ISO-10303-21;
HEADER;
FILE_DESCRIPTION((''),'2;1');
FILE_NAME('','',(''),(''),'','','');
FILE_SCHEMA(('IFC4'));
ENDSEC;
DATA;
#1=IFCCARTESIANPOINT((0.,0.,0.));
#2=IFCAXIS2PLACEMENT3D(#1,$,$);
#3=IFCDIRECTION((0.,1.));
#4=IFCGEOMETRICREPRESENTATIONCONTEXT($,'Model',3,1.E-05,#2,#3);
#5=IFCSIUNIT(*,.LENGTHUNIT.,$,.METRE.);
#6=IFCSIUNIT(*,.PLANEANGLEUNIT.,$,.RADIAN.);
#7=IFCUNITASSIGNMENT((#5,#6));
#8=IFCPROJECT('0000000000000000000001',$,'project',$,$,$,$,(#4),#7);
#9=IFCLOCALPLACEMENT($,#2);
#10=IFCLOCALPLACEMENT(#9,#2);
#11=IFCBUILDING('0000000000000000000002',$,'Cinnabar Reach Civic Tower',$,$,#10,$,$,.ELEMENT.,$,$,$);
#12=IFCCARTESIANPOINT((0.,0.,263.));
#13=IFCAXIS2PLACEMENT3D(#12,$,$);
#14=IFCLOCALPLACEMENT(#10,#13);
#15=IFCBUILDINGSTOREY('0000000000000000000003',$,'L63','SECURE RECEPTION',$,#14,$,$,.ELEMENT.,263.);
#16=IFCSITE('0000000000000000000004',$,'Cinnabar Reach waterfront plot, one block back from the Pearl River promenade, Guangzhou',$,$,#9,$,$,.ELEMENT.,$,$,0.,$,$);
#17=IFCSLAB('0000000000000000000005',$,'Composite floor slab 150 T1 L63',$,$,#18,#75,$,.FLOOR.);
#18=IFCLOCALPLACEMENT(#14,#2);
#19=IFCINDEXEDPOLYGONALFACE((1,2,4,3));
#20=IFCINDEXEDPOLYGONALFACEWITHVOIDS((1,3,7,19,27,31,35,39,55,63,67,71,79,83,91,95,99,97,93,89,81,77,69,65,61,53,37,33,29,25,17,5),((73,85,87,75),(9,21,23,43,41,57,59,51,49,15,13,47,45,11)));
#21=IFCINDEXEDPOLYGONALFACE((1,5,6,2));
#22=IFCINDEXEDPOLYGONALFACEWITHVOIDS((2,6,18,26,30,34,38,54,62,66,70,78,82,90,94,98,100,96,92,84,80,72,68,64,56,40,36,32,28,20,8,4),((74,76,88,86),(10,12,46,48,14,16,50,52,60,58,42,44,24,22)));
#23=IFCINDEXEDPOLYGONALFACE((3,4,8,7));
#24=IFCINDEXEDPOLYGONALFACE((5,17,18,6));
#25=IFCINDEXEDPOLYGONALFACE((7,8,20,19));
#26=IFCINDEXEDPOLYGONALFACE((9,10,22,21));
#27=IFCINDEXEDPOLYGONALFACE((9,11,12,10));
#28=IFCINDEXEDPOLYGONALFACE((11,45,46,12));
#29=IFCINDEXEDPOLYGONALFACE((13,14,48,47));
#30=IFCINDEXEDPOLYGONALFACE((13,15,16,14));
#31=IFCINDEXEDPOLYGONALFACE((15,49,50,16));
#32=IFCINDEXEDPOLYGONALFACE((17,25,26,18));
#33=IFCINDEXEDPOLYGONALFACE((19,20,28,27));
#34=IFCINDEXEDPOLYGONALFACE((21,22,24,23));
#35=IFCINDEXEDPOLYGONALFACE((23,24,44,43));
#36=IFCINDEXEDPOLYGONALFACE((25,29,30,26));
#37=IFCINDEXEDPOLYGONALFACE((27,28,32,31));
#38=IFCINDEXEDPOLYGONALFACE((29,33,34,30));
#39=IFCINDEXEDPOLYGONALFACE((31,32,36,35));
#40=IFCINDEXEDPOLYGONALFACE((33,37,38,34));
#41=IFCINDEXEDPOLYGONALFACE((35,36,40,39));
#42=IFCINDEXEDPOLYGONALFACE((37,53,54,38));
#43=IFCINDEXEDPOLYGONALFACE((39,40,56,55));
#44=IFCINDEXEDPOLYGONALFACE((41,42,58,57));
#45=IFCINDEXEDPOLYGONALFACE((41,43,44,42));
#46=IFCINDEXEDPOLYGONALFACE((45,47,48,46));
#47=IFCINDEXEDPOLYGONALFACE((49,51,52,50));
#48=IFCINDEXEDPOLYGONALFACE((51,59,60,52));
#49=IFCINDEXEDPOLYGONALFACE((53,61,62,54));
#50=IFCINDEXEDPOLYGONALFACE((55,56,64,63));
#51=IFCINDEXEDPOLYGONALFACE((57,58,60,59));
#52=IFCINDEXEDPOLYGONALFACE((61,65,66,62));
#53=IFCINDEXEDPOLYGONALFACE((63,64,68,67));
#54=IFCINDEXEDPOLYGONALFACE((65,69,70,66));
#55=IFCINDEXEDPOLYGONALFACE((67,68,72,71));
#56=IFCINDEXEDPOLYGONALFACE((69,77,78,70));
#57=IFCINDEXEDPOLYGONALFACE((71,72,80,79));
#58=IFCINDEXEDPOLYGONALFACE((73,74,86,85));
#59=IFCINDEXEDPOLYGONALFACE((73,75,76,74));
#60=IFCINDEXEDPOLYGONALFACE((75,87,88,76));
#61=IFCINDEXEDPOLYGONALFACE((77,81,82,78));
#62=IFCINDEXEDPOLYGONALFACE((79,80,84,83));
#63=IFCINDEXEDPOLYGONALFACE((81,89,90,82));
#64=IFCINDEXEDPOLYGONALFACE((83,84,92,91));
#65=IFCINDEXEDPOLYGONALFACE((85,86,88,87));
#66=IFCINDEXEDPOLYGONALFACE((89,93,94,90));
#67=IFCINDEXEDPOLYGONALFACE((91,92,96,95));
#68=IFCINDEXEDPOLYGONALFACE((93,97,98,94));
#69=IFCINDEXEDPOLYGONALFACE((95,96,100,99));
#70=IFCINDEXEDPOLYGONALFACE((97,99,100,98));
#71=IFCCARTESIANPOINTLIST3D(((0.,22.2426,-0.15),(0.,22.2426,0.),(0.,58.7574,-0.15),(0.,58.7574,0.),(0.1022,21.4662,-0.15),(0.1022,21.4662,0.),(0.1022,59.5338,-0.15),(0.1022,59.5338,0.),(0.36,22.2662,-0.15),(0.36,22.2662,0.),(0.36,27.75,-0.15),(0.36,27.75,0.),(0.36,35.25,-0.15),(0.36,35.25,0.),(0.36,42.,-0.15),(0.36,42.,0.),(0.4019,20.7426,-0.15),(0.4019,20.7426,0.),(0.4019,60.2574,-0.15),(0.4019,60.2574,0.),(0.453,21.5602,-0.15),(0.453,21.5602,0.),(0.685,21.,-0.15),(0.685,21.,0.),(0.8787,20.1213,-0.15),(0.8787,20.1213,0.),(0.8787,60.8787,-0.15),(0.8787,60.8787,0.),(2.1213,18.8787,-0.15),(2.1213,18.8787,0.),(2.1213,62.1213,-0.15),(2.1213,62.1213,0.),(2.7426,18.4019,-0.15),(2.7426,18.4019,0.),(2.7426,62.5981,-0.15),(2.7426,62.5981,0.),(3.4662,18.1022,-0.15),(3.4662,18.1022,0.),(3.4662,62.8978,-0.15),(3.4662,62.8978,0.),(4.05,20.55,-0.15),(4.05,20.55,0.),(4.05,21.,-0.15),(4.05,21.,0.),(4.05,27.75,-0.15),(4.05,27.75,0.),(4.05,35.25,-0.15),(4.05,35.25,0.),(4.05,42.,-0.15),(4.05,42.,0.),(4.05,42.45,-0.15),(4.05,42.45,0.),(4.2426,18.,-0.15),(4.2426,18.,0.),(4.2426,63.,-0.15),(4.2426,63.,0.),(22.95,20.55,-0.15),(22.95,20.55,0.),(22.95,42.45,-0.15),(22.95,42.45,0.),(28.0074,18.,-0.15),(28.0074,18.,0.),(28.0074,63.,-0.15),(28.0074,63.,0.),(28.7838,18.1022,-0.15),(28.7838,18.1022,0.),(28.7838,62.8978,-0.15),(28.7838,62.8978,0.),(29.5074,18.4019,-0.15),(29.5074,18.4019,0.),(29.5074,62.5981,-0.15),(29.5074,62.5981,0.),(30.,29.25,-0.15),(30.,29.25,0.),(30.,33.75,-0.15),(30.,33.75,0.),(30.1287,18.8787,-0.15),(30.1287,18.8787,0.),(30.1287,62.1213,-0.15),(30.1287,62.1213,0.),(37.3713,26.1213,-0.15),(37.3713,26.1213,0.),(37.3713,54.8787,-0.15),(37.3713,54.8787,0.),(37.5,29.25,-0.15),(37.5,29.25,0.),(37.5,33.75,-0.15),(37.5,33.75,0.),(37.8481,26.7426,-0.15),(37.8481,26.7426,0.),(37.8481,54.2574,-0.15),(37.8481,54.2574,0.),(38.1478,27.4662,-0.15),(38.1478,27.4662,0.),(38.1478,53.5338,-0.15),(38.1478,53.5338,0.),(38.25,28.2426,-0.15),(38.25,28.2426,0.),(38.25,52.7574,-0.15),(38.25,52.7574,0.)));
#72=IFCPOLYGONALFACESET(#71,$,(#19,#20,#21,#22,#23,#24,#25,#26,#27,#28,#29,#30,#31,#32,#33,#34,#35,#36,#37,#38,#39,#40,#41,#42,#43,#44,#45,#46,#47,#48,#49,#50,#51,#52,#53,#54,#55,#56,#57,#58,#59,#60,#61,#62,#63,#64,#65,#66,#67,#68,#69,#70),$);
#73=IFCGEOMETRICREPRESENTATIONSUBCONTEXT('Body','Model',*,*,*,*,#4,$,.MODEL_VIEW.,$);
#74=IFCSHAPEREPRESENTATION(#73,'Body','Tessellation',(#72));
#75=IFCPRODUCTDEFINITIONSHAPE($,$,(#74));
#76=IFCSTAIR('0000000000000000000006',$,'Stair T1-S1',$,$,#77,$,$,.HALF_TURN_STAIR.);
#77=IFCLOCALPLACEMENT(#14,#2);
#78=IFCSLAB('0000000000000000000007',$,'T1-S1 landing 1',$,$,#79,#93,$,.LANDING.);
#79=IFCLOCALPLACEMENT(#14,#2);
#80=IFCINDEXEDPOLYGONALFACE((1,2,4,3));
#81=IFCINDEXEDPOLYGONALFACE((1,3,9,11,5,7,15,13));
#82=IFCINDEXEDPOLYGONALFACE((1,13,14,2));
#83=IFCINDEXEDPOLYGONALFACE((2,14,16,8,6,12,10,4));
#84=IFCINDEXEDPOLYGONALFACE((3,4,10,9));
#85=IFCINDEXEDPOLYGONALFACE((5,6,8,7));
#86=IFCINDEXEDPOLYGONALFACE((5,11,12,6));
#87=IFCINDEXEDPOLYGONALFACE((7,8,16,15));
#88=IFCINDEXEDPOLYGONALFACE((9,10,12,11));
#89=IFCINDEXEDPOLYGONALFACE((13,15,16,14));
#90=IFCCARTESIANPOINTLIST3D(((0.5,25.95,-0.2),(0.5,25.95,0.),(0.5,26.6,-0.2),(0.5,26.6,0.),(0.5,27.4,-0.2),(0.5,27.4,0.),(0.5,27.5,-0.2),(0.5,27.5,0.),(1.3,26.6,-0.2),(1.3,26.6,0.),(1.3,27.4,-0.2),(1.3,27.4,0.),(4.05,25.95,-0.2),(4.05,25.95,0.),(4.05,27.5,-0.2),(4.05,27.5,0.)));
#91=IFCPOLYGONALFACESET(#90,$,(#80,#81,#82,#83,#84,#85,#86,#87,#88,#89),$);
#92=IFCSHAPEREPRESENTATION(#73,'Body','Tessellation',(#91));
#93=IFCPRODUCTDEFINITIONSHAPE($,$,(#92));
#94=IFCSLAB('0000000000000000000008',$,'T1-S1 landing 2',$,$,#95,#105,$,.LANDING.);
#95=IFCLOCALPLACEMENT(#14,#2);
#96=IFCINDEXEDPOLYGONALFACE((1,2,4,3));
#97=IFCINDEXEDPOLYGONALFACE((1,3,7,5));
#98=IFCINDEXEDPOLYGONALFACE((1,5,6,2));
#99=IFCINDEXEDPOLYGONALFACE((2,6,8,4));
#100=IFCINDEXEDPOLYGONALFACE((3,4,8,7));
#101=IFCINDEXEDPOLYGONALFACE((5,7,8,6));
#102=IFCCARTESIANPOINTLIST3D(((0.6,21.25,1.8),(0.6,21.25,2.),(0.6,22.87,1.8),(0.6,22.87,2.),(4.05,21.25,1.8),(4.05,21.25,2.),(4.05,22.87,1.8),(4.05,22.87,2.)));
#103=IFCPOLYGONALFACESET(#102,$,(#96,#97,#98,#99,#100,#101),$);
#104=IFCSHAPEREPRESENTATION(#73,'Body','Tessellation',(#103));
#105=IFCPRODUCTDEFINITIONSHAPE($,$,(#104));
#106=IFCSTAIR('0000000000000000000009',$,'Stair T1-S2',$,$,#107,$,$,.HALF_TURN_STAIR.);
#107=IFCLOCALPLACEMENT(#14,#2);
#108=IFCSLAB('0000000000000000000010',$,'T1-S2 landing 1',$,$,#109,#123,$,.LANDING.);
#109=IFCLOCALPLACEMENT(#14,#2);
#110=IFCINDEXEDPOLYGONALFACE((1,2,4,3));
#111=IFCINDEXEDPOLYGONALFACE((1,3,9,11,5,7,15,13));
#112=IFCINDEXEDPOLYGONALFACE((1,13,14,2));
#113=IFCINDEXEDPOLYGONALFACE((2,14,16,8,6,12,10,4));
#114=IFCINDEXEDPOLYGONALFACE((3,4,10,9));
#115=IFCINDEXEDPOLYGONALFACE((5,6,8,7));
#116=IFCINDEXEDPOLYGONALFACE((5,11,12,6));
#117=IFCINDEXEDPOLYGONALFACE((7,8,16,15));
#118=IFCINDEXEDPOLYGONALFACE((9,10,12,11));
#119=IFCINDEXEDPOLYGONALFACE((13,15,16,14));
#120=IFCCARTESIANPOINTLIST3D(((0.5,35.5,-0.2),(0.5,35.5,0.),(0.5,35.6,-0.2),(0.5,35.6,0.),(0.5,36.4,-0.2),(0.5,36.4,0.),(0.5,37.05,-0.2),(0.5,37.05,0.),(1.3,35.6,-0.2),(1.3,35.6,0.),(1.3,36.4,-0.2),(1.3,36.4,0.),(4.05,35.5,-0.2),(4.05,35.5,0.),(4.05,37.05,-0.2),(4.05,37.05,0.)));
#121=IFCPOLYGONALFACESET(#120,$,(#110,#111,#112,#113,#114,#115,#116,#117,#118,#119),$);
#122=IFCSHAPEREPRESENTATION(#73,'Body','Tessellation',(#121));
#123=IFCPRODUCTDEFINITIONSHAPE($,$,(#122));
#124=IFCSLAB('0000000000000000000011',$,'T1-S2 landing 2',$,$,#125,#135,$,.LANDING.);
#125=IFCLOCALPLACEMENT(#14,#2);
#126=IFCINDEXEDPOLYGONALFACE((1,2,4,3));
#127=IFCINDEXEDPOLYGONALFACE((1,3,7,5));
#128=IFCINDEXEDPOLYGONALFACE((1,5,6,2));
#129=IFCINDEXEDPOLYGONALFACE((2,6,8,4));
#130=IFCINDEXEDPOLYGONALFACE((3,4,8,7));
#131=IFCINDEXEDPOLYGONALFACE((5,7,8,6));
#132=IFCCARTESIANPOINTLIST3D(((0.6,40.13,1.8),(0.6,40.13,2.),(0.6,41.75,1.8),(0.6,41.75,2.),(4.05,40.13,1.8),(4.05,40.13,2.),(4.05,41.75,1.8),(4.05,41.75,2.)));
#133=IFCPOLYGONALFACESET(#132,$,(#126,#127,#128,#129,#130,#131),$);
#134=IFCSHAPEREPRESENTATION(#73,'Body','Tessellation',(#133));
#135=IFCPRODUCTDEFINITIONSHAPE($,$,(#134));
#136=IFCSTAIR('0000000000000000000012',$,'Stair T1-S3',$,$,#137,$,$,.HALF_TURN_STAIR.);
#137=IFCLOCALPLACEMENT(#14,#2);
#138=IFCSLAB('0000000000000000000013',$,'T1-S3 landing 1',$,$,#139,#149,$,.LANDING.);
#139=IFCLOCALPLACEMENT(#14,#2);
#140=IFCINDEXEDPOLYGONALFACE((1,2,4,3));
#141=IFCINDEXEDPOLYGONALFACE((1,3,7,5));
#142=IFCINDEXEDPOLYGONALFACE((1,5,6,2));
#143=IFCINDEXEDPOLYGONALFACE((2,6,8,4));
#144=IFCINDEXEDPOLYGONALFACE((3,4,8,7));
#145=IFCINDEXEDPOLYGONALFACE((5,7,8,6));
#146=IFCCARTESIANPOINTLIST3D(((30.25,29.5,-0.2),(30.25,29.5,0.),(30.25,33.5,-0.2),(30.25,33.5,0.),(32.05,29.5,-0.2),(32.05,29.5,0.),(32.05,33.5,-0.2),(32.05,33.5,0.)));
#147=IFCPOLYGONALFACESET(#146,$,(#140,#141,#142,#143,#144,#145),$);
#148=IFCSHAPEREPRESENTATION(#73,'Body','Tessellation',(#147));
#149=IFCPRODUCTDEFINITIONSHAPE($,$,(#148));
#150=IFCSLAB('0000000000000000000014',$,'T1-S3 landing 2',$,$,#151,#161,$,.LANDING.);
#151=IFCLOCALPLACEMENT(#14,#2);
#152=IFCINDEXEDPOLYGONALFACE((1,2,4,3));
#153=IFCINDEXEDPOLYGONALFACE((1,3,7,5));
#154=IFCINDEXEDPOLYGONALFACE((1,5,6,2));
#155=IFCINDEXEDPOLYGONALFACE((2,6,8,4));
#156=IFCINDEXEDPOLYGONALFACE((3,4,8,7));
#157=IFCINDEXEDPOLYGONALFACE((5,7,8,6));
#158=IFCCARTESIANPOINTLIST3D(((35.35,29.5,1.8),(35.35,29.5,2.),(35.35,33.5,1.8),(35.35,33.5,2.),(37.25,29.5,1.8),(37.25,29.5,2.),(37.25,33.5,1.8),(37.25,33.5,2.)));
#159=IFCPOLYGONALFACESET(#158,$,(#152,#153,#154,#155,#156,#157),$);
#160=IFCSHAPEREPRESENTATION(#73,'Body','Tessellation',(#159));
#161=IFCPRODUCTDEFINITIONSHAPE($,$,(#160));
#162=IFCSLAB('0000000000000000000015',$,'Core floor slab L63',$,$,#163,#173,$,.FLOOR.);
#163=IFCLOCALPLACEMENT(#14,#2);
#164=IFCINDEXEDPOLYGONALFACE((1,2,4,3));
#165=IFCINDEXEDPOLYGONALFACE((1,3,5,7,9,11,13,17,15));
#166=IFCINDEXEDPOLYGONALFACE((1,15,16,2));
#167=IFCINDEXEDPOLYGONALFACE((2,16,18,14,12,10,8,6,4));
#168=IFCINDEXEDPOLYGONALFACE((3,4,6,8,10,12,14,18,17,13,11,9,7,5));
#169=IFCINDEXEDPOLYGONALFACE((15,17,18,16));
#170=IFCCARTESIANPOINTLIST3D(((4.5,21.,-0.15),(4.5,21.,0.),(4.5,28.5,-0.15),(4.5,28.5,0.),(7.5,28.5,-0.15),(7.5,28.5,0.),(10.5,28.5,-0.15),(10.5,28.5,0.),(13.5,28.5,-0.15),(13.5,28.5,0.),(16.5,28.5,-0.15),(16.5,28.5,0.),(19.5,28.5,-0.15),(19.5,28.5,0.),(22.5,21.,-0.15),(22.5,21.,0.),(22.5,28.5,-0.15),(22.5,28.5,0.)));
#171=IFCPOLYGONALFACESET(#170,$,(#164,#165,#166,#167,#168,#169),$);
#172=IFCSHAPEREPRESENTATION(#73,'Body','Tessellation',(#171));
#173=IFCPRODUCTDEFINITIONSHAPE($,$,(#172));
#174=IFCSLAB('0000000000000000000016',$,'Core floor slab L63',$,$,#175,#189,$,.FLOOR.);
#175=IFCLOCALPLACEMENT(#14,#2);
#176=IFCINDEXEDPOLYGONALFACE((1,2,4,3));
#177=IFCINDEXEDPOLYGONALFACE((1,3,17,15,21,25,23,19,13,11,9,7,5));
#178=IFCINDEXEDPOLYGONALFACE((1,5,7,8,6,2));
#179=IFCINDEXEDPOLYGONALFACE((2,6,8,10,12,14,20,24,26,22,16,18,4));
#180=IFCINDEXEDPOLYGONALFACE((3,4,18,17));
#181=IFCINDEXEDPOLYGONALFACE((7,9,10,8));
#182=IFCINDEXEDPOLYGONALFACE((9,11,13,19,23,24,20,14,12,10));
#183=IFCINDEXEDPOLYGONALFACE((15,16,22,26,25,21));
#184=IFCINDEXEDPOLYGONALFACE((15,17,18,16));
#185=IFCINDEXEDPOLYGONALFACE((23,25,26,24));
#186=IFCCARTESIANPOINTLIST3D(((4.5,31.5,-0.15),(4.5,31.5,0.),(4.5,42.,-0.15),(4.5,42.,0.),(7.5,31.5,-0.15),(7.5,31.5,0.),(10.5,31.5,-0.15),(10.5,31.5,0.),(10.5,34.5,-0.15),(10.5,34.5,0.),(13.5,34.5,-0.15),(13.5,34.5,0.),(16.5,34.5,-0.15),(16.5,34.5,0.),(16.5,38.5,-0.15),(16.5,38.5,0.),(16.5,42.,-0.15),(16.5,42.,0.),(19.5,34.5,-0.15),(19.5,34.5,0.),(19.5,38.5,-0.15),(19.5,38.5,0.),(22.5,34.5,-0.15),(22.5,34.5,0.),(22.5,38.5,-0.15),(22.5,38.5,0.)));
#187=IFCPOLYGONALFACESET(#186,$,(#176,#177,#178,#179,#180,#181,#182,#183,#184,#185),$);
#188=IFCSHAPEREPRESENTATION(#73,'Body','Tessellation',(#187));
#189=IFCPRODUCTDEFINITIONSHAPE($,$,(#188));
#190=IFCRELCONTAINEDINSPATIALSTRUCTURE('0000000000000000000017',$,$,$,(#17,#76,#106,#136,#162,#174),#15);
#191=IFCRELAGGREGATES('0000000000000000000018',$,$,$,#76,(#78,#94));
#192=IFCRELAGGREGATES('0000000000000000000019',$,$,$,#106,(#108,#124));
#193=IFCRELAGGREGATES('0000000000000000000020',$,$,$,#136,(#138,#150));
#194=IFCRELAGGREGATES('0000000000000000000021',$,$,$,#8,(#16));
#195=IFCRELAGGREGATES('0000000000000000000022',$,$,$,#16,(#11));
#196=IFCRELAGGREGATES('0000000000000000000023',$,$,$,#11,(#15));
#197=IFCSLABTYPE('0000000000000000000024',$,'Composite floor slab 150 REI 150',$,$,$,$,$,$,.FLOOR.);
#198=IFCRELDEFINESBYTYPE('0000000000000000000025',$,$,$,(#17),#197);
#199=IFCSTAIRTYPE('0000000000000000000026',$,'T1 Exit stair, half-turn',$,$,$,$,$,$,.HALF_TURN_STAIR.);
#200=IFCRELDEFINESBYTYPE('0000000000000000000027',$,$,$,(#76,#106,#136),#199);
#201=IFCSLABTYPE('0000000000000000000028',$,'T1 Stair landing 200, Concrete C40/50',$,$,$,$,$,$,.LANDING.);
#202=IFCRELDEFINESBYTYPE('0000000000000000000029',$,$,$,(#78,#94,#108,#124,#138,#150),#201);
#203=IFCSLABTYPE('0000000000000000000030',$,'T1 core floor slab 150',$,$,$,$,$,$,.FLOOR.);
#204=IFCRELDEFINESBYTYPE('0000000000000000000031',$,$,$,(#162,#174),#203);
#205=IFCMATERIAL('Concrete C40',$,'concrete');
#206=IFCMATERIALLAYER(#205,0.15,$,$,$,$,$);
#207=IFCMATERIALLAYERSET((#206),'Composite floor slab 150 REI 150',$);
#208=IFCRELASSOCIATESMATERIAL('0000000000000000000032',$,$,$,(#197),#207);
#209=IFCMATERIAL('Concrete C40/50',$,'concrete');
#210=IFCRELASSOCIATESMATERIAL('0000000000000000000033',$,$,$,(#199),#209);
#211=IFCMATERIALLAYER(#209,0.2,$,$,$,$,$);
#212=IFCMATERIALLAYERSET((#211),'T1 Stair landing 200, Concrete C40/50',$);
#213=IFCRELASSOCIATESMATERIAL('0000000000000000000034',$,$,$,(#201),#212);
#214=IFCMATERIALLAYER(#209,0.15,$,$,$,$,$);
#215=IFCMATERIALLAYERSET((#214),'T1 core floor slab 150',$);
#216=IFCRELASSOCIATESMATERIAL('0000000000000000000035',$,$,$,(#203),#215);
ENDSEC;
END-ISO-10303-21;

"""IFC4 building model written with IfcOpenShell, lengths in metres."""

from ifc_helpers import new_model, si_unit, direction, frame, origin, place, context, subcontext, project, spatial, polyline, outline, extrude, material, layer, layer_set, type_object, element, aggregate, save


model = new_model("IFC4")

# Units and contexts
model_context = context("Model", 3, precision=1e-05, world=origin(), true_north=direction((0.0, 1.0)))
body_context = subcontext(model_context, "Body", "Model", "MODEL_VIEW")
ifc_project = project(units=[si_unit("LENGTHUNIT", "METRE"), si_unit("PLANEANGLEUNIT", "RADIAN")], contexts=[model_context])

# Site, building, storey
site_placement = place(None, origin())
site = spatial("IfcSite", under=ifc_project, at=site_placement, Name="Cinnabar Reach waterfront plot, one block back from the Pearl River promenade, Guangzhou", CompositionType="ELEMENT", RefElevation=0.0)
building_placement = place(site_placement, origin())
building = spatial("IfcBuilding", under=site, at=building_placement, Name="Cinnabar Reach Civic Tower", CompositionType="ELEMENT")
storey_placement = place(building_placement, frame((0.0, 0.0, 263.0)))
storey = spatial("IfcBuildingStorey", under=building, at=storey_placement, Name="L63", Description="SECURE RECEPTION", CompositionType="ELEMENT", Elevation=263.0)

# Slab
ifc_material_1 = material(Name="Concrete C40", Category="concrete")
ifc_layer_1 = layer(ifc_material_1, 0.15)
ifc_layer_set_1 = layer_set([ifc_layer_1], Name="Composite floor slab 150 REI 150")
slab_type_1 = type_object("IfcSlabType", Name="Composite floor slab 150 REI 150", PredefinedType="FLOOR", material=ifc_layer_set_1)
slab_1_placement = place(storey_placement, frame((0.0, 0.0, -0.15)))
element("IfcSlab", 1, at=slab_1_placement, inside=storey, type_object=slab_type_1, Name="Composite floor slab 150 T1 L63", PredefinedType="FLOOR", context=body_context, shape_type="SweptSolid", body=[
    extrude(outline(polyline([(0.8787, 20.1213), (0.4019, 20.7426), (0.1022, 21.4662), (0.0, 22.2426), (0.0, 58.7574), (0.1022, 59.5338), (0.4019, 60.2574), (0.8787, 60.8787), (2.1213, 62.1213), (2.7426, 62.5981), (3.4662, 62.8978), (4.2426, 63.0), (28.0074, 63.0), (28.7838, 62.8978), (29.5074, 62.5981), (30.1287, 62.1213), (37.3713, 54.8787), (37.8481, 54.2574), (38.1478, 53.5338), (38.25, 52.7574), (38.25, 28.2426), (38.1478, 27.4662), (37.8481, 26.7426), (37.3713, 26.1213), (30.1287, 18.8787), (29.5074, 18.4019), (28.7838, 18.1022), (28.0074, 18.0), (4.2426, 18.0), (3.4662, 18.1022), (2.7426, 18.4019), (2.1213, 18.8787), (0.8787, 20.1213)]), holes=[polyline([(0.685, 21.0), (4.05, 21.0), (4.05, 20.55), (22.95, 20.55), (22.95, 42.45), (4.05, 42.45), (4.05, 42.0), (0.36, 42.0), (0.36, 35.25), (4.05, 35.25), (4.05, 27.75), (0.36, 27.75), (0.36, 22.2662), (0.453, 21.5602), (0.685, 21.0)]), polyline([(30.0, 33.75), (30.0, 29.25), (37.5, 29.25), (37.5, 33.75), (30.0, 33.75)])]), origin(), (0.0, 0.0, 1.0), 0.15),
])

# Stairs, slabs
ifc_material_2 = material(Name="Concrete C40/50", Category="concrete")
stair_type = type_object("IfcStairType", Name="T1 Exit stair, half-turn", PredefinedType="HALF_TURN_STAIR", material=ifc_material_2)
stair_1_placement = place(storey_placement, origin())
stair_1 = element("IfcStair", 2, at=stair_1_placement, inside=storey, type_object=stair_type, Name="Stair T1-S1", PredefinedType="HALF_TURN_STAIR")
ifc_layer_2 = layer(ifc_material_2, 0.2)
ifc_layer_set_2 = layer_set([ifc_layer_2], Name="T1 Stair landing 200, Concrete C40/50")
slab_type_2 = type_object("IfcSlabType", Name="T1 Stair landing 200, Concrete C40/50", PredefinedType="LANDING", material=ifc_layer_set_2)
slab_2_placement = place(storey_placement, frame((0.0, 0.0, -0.2)))
slab_2 = element("IfcSlab", 3, at=slab_2_placement, type_object=slab_type_2, Name="T1-S1 landing 1", PredefinedType="LANDING", context=body_context, shape_type="SweptSolid", body=[
    extrude(outline(polyline([(0.5, 27.5), (4.05, 27.5), (4.05, 25.95), (0.5, 25.95), (0.5, 26.6), (1.3, 26.6), (1.3, 27.4), (0.5, 27.4), (0.5, 27.5)])), origin(), (0.0, 0.0, 1.0), 0.2),
])
slab_3_placement = place(storey_placement, frame((0.0, 0.0, 1.8)))
slab_3 = element("IfcSlab", 4, at=slab_3_placement, type_object=slab_type_2, Name="T1-S1 landing 2", PredefinedType="LANDING", context=body_context, shape_type="SweptSolid", body=[
    extrude(outline(polyline([(0.6, 21.25), (0.6, 22.87), (4.05, 22.87), (4.05, 21.25), (0.6, 21.25)])), origin(), (0.0, 0.0, 1.0), 0.2),
])
aggregate(stair_1, [slab_2, slab_3])
stair_2_placement = place(storey_placement, origin())
stair_2 = element("IfcStair", 5, at=stair_2_placement, inside=storey, type_object=stair_type, Name="Stair T1-S2", PredefinedType="HALF_TURN_STAIR")
slab_4_placement = place(storey_placement, frame((0.0, 0.0, -0.2)))
slab_4 = element("IfcSlab", 6, at=slab_4_placement, type_object=slab_type_2, Name="T1-S2 landing 1", PredefinedType="LANDING", context=body_context, shape_type="SweptSolid", body=[
    extrude(outline(polyline([(0.5, 37.05), (4.05, 37.05), (4.05, 35.5), (0.5, 35.5), (0.5, 35.6), (1.3, 35.6), (1.3, 36.4), (0.5, 36.4), (0.5, 37.05)])), origin(), (0.0, 0.0, 1.0), 0.2),
])
slab_5_placement = place(storey_placement, frame((0.0, 0.0, 1.8)))
slab_5 = element("IfcSlab", 7, at=slab_5_placement, type_object=slab_type_2, Name="T1-S2 landing 2", PredefinedType="LANDING", context=body_context, shape_type="SweptSolid", body=[
    extrude(outline(polyline([(0.6, 40.13), (0.6, 41.75), (4.05, 41.75), (4.05, 40.13), (0.6, 40.13)])), origin(), (0.0, 0.0, 1.0), 0.2),
])
aggregate(stair_2, [slab_4, slab_5])
stair_3_placement = place(storey_placement, origin())
stair_3 = element("IfcStair", 8, at=stair_3_placement, inside=storey, type_object=stair_type, Name="Stair T1-S3", PredefinedType="HALF_TURN_STAIR")
slab_6_placement = place(storey_placement, frame((0.0, 0.0, -0.2)))
slab_6 = element("IfcSlab", 9, at=slab_6_placement, type_object=slab_type_2, Name="T1-S3 landing 1", PredefinedType="LANDING", context=body_context, shape_type="SweptSolid", body=[
    extrude(outline(polyline([(30.25, 29.5), (32.05, 29.5), (32.05, 33.5), (30.25, 33.5), (30.25, 29.5)])), origin(), (0.0, 0.0, 1.0), 0.2),
])
slab_7_placement = place(storey_placement, frame((0.0, 0.0, 1.8)))
slab_7 = element("IfcSlab", 10, at=slab_7_placement, type_object=slab_type_2, Name="T1-S3 landing 2", PredefinedType="LANDING", context=body_context, shape_type="SweptSolid", body=[
    extrude(outline(polyline([(35.35, 29.5), (37.25, 29.5), (37.25, 33.5), (35.35, 33.5), (35.35, 29.5)])), origin(), (0.0, 0.0, 1.0), 0.2),
])
aggregate(stair_3, [slab_6, slab_7])

# Slabs
ifc_layer_3 = layer(ifc_material_2, 0.15)
ifc_layer_set_3 = layer_set([ifc_layer_3], Name="T1 core floor slab 150")
slab_type_3 = type_object("IfcSlabType", Name="T1 core floor slab 150", PredefinedType="FLOOR", material=ifc_layer_set_3)
slab_8_placement = place(storey_placement, frame((0.0, 0.0, -0.15)))
element("IfcSlab", 11, at=slab_8_placement, inside=storey, type_object=slab_type_3, Name="Core floor slab L63", PredefinedType="FLOOR", context=body_context, shape_type="SweptSolid", body=[
    extrude(outline(polyline([(22.5, 21.0), (4.5, 21.0), (4.5, 28.5), (7.5, 28.5), (10.5, 28.5), (13.5, 28.5), (16.5, 28.5), (19.5, 28.5), (22.5, 28.5), (22.5, 21.0)])), origin(), (0.0, 0.0, 1.0), 0.15),
])
slab_9_placement = place(storey_placement, frame((0.0, 0.0, -0.15)))
element("IfcSlab", 12, at=slab_9_placement, inside=storey, type_object=slab_type_3, Name="Core floor slab L63", PredefinedType="FLOOR", context=body_context, shape_type="SweptSolid", body=[
    extrude(outline(polyline([(22.5, 34.5), (19.5, 34.5), (16.5, 34.5), (13.5, 34.5), (10.5, 34.5), (10.5, 31.5), (7.5, 31.5), (4.5, 31.5), (4.5, 42.0), (16.5, 42.0), (16.5, 38.5), (19.5, 38.5), (22.5, 38.5), (22.5, 34.5)])), origin(), (0.0, 0.0, 1.0), 0.15),
])

save(model, "model.ifc")
